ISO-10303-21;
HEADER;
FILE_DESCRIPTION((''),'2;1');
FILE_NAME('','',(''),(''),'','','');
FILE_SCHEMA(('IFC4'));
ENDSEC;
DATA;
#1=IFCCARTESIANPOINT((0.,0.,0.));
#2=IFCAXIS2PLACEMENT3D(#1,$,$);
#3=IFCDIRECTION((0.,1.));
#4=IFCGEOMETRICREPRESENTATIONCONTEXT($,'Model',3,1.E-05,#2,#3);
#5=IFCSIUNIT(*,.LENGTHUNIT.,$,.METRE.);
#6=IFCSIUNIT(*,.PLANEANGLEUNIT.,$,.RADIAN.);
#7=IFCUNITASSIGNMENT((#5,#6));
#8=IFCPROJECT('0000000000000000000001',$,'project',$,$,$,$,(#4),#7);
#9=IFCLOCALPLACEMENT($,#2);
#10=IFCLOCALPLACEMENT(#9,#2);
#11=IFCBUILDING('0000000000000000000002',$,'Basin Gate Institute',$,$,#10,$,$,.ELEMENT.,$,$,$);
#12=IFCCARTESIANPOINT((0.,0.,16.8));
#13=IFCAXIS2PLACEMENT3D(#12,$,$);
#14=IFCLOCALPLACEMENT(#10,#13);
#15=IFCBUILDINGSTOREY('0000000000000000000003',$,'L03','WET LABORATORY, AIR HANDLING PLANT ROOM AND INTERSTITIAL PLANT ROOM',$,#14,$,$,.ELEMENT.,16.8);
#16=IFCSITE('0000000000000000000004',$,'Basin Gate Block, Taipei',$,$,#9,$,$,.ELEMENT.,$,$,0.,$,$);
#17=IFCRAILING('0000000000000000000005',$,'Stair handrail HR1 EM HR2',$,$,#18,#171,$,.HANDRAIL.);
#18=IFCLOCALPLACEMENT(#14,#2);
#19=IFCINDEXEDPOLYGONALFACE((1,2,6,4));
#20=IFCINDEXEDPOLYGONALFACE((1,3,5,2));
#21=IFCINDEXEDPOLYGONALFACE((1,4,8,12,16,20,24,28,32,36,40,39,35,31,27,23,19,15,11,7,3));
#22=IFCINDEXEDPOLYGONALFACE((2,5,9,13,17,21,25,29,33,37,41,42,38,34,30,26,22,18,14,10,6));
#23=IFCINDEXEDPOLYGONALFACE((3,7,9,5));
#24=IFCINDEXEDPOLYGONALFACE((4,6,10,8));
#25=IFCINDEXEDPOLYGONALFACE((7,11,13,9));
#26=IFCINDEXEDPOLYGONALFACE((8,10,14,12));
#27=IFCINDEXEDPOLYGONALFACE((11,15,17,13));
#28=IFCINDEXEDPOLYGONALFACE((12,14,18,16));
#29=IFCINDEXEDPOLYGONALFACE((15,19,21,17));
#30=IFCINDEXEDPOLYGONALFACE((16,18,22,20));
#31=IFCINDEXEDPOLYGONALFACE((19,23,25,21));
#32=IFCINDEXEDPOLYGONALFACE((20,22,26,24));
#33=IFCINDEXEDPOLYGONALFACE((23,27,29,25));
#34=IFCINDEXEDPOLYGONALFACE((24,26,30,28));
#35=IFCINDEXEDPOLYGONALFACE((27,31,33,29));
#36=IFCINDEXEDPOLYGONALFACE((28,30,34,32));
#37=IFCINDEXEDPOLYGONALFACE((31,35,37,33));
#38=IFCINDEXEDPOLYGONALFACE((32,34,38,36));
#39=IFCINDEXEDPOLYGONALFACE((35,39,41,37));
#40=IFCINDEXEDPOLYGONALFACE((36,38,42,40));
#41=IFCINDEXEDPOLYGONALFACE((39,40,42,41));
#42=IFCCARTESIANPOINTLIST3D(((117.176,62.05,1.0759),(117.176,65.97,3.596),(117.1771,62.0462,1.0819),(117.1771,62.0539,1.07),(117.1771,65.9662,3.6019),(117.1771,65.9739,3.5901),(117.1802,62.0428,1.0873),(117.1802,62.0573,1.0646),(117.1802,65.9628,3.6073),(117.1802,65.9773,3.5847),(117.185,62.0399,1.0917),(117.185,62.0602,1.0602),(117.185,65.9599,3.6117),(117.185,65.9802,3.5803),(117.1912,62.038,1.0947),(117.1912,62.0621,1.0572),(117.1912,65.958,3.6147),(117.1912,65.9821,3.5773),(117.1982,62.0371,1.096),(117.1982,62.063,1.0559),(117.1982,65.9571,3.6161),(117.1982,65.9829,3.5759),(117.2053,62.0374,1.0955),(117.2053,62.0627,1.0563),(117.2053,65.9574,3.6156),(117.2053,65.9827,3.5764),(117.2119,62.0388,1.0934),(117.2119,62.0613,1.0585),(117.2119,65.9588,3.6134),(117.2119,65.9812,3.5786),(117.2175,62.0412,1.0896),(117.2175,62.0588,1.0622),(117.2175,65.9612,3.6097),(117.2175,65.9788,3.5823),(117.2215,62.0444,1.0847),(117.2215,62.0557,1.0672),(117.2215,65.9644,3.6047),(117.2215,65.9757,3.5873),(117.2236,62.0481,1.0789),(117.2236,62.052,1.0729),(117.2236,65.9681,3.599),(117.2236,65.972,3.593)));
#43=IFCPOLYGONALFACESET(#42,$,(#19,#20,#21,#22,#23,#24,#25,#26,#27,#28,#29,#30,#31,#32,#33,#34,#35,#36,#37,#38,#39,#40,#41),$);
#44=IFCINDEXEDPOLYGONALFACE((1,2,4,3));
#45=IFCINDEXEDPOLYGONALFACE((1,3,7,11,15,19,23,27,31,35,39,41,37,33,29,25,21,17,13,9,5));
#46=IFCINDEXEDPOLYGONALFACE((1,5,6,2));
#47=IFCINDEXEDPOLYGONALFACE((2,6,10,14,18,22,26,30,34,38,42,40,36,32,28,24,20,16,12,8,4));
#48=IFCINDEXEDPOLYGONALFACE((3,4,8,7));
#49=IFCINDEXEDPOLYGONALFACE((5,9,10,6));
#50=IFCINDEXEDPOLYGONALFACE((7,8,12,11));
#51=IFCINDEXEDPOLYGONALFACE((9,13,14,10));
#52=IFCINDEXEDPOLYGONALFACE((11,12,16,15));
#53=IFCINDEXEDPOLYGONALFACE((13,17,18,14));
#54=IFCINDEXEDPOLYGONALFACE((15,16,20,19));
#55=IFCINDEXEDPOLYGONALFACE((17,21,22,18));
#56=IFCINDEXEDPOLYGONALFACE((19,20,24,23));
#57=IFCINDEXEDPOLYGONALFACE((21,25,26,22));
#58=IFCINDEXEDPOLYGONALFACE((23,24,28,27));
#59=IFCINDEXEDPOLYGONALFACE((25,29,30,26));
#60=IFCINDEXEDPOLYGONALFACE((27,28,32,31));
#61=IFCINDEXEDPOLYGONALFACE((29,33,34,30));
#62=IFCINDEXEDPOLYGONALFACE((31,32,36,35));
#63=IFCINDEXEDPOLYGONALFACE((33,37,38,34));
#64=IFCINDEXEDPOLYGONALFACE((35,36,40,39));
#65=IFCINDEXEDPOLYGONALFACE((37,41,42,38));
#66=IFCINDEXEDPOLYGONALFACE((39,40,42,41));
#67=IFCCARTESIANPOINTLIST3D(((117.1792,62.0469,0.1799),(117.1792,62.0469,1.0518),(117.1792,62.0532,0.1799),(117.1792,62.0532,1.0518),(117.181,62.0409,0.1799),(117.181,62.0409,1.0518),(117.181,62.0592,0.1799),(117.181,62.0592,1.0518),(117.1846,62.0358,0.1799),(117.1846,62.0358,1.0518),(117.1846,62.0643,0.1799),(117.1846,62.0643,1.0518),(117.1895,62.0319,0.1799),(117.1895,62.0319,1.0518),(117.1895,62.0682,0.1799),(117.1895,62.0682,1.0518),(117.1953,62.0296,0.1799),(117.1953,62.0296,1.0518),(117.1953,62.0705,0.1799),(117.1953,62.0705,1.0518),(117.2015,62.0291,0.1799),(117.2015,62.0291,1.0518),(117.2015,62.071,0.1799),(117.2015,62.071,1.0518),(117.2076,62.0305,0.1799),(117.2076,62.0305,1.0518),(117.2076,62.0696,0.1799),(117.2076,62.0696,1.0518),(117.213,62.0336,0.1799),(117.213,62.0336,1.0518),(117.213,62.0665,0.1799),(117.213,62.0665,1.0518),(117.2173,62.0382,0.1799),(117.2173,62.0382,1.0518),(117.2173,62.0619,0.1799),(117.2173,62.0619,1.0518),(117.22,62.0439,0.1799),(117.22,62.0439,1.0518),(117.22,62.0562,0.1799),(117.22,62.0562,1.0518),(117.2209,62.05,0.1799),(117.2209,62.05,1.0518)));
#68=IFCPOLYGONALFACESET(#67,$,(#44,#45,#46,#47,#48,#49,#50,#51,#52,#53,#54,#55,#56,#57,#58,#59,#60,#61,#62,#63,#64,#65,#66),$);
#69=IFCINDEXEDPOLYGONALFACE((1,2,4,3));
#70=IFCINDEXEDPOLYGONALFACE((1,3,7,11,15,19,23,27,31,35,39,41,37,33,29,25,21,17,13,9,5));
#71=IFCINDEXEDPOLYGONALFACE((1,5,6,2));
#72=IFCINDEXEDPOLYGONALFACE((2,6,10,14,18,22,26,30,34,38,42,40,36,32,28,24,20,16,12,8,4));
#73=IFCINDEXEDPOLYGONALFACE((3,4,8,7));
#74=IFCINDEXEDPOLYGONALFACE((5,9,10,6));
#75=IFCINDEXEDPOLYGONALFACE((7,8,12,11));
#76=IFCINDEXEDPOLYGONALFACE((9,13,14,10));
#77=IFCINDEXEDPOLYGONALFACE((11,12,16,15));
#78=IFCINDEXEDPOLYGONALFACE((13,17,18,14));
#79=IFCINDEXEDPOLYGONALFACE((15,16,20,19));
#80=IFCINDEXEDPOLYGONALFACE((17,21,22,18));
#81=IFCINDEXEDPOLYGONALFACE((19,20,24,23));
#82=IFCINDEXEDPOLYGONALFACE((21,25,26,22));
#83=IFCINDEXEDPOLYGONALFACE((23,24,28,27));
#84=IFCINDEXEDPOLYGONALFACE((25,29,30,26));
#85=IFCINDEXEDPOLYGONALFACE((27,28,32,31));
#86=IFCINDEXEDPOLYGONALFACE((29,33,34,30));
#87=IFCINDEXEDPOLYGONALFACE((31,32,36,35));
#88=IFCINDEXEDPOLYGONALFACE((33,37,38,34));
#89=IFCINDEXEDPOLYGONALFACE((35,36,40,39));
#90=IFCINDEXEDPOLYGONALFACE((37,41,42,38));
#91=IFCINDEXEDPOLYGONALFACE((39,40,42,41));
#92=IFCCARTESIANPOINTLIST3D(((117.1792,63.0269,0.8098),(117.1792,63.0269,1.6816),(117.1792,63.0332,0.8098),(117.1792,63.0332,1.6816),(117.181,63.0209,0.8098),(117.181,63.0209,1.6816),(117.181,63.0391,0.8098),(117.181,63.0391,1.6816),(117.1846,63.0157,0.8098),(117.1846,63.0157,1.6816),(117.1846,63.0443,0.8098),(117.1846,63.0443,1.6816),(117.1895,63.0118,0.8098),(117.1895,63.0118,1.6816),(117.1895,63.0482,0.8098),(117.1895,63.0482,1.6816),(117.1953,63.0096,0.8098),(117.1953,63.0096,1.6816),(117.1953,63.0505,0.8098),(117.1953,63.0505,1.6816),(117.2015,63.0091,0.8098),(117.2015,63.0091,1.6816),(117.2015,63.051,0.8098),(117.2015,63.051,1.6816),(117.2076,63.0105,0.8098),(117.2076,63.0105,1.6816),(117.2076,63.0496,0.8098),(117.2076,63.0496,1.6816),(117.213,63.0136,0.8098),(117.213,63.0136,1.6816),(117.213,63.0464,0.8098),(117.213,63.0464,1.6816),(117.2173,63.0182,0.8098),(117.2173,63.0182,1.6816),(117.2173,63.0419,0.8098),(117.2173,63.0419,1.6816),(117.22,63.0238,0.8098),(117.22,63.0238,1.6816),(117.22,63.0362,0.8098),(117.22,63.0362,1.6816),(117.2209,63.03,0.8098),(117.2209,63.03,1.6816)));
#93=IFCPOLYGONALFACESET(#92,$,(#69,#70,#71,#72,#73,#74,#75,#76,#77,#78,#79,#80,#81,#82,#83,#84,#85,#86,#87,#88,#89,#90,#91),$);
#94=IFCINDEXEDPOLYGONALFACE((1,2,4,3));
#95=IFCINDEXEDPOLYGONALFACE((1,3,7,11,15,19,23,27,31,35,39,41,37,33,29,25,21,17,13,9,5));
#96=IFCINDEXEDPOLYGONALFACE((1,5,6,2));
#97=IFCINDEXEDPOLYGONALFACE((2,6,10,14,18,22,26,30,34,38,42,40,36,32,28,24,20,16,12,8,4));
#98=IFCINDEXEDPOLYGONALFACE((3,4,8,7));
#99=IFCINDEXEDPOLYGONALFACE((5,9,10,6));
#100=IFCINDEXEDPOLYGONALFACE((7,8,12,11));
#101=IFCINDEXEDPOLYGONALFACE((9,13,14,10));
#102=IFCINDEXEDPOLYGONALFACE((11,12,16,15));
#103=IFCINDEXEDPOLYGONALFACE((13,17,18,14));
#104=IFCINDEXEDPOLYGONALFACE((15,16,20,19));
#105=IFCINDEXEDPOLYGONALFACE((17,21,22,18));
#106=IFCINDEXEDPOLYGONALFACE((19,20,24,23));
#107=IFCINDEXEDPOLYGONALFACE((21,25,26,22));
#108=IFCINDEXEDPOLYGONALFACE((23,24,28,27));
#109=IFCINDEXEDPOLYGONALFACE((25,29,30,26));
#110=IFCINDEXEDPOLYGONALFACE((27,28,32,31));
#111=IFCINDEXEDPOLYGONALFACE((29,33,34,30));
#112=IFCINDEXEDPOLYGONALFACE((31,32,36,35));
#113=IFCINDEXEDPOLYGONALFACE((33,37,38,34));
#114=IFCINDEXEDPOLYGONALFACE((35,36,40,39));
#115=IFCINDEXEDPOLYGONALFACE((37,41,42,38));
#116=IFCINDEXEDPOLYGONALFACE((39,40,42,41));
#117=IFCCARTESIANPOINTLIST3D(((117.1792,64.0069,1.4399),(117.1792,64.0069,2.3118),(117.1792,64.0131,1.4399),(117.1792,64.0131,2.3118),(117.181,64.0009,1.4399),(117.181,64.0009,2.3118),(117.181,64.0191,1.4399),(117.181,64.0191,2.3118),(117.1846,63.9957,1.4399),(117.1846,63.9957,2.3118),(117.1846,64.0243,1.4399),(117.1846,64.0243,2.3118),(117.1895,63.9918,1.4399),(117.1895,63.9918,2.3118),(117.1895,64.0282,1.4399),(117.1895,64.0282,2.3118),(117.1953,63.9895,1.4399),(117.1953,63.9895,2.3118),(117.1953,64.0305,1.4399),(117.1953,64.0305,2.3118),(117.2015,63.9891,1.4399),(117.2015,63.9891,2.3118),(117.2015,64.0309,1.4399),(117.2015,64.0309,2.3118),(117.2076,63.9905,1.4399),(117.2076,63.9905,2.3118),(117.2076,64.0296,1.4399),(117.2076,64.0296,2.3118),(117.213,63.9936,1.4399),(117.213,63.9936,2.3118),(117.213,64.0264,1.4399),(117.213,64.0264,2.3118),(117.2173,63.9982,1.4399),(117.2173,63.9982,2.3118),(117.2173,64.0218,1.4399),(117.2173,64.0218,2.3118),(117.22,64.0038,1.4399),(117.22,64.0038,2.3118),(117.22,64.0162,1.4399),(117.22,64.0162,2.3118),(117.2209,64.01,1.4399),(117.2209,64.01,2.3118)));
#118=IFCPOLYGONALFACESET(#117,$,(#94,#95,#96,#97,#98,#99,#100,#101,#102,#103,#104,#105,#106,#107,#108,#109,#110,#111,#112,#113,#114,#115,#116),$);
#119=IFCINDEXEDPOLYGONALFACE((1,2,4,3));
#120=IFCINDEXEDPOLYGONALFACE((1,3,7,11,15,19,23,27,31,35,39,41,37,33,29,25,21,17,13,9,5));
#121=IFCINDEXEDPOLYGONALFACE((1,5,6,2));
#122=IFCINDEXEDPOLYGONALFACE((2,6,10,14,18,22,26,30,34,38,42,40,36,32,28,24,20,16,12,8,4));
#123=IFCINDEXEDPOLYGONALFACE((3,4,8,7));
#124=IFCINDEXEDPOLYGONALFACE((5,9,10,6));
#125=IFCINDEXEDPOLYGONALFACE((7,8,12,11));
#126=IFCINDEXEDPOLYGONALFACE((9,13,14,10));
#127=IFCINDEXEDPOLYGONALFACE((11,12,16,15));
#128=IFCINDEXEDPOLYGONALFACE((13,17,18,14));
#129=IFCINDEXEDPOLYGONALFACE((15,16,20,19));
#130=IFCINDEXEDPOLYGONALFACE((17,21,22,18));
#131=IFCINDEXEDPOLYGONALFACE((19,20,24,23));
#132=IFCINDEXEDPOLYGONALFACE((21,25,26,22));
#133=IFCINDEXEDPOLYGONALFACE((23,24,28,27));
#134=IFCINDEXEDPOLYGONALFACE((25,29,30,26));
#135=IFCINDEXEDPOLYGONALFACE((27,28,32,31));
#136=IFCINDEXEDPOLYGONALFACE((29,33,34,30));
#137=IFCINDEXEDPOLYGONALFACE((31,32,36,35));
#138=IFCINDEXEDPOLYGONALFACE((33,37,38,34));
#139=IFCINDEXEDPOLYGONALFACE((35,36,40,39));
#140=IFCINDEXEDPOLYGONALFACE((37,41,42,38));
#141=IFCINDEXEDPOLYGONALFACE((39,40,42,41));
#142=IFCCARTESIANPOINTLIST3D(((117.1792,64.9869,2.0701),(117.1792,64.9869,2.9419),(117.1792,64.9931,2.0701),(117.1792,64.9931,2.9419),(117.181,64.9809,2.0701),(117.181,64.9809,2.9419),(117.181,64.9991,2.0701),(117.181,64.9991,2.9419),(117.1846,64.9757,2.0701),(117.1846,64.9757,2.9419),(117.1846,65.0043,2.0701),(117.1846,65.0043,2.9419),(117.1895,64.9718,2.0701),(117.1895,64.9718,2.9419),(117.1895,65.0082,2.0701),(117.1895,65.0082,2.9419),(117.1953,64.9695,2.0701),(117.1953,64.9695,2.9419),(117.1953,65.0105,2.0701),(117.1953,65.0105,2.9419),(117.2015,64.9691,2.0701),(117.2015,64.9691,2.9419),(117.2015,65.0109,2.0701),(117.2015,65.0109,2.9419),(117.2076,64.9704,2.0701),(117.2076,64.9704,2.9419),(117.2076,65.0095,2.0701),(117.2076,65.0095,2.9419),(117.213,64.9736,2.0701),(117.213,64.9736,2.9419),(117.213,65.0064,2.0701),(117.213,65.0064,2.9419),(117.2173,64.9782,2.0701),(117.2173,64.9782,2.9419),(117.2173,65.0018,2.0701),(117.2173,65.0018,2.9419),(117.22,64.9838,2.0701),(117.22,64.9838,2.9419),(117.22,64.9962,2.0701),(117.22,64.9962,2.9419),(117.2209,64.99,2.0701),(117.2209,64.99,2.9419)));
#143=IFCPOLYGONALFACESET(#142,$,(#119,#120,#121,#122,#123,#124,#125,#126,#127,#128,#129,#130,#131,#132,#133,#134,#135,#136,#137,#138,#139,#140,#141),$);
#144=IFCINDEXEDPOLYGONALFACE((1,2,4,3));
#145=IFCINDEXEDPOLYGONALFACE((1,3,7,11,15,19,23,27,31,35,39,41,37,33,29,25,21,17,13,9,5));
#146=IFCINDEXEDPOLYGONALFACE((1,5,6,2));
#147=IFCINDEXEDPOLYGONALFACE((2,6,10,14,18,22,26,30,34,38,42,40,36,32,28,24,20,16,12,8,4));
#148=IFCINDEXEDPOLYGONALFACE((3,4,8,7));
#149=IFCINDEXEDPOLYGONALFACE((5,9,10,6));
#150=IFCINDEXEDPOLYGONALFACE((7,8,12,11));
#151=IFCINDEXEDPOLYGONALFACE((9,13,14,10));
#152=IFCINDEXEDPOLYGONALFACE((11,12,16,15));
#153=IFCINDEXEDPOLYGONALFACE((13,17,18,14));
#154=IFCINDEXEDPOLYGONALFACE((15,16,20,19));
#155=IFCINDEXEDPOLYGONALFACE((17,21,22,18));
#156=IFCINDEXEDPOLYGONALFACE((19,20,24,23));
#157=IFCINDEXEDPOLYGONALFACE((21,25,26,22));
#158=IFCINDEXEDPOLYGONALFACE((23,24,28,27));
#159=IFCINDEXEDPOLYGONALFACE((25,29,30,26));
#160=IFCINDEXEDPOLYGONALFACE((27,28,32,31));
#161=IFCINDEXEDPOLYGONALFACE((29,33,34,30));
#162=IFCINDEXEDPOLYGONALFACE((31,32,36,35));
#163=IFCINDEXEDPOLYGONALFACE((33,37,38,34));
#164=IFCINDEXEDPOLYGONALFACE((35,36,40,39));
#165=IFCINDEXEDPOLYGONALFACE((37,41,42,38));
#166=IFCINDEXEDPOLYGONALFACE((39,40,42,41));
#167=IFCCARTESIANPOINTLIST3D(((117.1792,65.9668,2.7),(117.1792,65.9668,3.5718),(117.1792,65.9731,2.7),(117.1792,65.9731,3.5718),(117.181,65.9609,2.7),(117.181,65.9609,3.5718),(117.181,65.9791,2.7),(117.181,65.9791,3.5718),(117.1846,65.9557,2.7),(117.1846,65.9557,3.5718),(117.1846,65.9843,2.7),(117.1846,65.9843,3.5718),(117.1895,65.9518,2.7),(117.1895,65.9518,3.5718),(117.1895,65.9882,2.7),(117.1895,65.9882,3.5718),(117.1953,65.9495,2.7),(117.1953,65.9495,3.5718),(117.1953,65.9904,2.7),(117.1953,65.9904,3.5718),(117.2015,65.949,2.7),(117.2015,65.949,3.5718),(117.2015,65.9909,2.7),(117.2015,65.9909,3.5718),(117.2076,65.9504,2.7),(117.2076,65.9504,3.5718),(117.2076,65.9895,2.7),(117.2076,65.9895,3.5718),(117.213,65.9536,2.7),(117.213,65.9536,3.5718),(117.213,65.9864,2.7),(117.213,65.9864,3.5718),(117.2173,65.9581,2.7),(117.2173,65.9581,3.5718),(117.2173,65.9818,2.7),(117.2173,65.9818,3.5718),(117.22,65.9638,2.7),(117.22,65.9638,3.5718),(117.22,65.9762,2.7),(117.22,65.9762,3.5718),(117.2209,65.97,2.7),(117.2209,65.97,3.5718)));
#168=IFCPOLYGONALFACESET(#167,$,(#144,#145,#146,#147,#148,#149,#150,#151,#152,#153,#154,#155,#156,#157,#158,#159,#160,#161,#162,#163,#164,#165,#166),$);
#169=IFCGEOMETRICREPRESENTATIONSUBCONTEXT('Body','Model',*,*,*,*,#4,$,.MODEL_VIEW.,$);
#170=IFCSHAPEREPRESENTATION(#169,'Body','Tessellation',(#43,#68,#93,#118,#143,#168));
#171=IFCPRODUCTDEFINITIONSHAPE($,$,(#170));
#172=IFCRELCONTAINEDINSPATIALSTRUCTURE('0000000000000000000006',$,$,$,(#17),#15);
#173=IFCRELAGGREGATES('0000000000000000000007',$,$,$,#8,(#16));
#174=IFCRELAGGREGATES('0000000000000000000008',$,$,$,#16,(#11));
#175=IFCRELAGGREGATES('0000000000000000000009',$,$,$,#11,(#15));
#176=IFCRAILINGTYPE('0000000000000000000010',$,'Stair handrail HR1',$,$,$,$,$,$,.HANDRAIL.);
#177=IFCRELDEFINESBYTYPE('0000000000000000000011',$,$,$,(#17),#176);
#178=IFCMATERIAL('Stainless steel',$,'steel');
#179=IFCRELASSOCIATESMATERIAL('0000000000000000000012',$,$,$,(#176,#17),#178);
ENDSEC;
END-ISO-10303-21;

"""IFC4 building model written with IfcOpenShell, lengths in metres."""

from ifc_helpers import new_model, si_unit, direction, frame, origin, origin_2d, place, context, subcontext, project, spatial, circle, extrude, material, type_object, element, save


model = new_model("IFC4")

# Units and contexts
model_context = context("Model", 3, precision=1e-05, world=origin(), true_north=direction((0.0, 1.0)))
body_context = subcontext(model_context, "Body", "Model", "MODEL_VIEW")
ifc_project = project(units=[si_unit("LENGTHUNIT", "METRE"), si_unit("PLANEANGLEUNIT", "RADIAN")], contexts=[model_context])

# Site, building, storey
site_placement = place(None, origin())
site = spatial("IfcSite", under=ifc_project, at=site_placement, Name="Basin Gate Block, Taipei", CompositionType="ELEMENT", RefElevation=0.0)
building_placement = place(site_placement, origin())
building = spatial("IfcBuilding", under=site, at=building_placement, Name="Basin Gate Institute", CompositionType="ELEMENT")
storey_placement = place(building_placement, frame((0.0, 0.0, 16.8)))
storey = spatial("IfcBuildingStorey", under=building, at=storey_placement, Name="L03", Description="WET LABORATORY, AIR HANDLING PLANT ROOM AND INTERSTITIAL PLANT ROOM", CompositionType="ELEMENT", Elevation=16.8)

# Railing
ifc_material_1 = material(Name="Stainless steel", Category="steel")
railing_type_1 = type_object("IfcRailingType", Name="Stair handrail HR1", PredefinedType="HANDRAIL", material=ifc_material_1)
for number, where, name in (
    (1, (117.2, 62.05, 0.1799), "Stair handrail HR1 EM HR2"),
):
    element("IfcRailing", number, at=place(storey_placement, frame(where)), inside=storey, type_object=railing_type_1, material=ifc_material_1, Name=name, PredefinedType="HANDRAIL", context=body_context, shape_type="SweptSolid", body=[
        extrude(circle(Radius=0.0239, at=origin_2d()), frame((0.0, 0.0, 0.896), z_axis=(0.0, 0.841172, 0.540768), x_axis=(-1.0, 0.0, 0.0)), (0.0, 0.0, 1.0), 4.6602),
        extrude(circle(Radius=0.021, at=origin_2d()), origin(), (0.0, 0.0, 1.0), 0.8718),
        extrude(circle(Radius=0.021, at=origin_2d()), frame((0.0, 0.98, 0.6299)), (0.0, 0.0, 1.0), 0.8718),
        extrude(circle(Radius=0.021, at=origin_2d()), frame((0.0, 1.96, 1.26)), (0.0, 0.0, 1.0), 0.8718),
        extrude(circle(Radius=0.021, at=origin_2d()), frame((0.0, 2.9399, 1.8901)), (0.0, 0.0, 1.0), 0.8718),
        extrude(circle(Radius=0.021, at=origin_2d()), frame((0.0, 3.9199, 2.52)), (0.0, 0.0, 1.0), 0.8718),
    ])

save(model, "model.ifc")
